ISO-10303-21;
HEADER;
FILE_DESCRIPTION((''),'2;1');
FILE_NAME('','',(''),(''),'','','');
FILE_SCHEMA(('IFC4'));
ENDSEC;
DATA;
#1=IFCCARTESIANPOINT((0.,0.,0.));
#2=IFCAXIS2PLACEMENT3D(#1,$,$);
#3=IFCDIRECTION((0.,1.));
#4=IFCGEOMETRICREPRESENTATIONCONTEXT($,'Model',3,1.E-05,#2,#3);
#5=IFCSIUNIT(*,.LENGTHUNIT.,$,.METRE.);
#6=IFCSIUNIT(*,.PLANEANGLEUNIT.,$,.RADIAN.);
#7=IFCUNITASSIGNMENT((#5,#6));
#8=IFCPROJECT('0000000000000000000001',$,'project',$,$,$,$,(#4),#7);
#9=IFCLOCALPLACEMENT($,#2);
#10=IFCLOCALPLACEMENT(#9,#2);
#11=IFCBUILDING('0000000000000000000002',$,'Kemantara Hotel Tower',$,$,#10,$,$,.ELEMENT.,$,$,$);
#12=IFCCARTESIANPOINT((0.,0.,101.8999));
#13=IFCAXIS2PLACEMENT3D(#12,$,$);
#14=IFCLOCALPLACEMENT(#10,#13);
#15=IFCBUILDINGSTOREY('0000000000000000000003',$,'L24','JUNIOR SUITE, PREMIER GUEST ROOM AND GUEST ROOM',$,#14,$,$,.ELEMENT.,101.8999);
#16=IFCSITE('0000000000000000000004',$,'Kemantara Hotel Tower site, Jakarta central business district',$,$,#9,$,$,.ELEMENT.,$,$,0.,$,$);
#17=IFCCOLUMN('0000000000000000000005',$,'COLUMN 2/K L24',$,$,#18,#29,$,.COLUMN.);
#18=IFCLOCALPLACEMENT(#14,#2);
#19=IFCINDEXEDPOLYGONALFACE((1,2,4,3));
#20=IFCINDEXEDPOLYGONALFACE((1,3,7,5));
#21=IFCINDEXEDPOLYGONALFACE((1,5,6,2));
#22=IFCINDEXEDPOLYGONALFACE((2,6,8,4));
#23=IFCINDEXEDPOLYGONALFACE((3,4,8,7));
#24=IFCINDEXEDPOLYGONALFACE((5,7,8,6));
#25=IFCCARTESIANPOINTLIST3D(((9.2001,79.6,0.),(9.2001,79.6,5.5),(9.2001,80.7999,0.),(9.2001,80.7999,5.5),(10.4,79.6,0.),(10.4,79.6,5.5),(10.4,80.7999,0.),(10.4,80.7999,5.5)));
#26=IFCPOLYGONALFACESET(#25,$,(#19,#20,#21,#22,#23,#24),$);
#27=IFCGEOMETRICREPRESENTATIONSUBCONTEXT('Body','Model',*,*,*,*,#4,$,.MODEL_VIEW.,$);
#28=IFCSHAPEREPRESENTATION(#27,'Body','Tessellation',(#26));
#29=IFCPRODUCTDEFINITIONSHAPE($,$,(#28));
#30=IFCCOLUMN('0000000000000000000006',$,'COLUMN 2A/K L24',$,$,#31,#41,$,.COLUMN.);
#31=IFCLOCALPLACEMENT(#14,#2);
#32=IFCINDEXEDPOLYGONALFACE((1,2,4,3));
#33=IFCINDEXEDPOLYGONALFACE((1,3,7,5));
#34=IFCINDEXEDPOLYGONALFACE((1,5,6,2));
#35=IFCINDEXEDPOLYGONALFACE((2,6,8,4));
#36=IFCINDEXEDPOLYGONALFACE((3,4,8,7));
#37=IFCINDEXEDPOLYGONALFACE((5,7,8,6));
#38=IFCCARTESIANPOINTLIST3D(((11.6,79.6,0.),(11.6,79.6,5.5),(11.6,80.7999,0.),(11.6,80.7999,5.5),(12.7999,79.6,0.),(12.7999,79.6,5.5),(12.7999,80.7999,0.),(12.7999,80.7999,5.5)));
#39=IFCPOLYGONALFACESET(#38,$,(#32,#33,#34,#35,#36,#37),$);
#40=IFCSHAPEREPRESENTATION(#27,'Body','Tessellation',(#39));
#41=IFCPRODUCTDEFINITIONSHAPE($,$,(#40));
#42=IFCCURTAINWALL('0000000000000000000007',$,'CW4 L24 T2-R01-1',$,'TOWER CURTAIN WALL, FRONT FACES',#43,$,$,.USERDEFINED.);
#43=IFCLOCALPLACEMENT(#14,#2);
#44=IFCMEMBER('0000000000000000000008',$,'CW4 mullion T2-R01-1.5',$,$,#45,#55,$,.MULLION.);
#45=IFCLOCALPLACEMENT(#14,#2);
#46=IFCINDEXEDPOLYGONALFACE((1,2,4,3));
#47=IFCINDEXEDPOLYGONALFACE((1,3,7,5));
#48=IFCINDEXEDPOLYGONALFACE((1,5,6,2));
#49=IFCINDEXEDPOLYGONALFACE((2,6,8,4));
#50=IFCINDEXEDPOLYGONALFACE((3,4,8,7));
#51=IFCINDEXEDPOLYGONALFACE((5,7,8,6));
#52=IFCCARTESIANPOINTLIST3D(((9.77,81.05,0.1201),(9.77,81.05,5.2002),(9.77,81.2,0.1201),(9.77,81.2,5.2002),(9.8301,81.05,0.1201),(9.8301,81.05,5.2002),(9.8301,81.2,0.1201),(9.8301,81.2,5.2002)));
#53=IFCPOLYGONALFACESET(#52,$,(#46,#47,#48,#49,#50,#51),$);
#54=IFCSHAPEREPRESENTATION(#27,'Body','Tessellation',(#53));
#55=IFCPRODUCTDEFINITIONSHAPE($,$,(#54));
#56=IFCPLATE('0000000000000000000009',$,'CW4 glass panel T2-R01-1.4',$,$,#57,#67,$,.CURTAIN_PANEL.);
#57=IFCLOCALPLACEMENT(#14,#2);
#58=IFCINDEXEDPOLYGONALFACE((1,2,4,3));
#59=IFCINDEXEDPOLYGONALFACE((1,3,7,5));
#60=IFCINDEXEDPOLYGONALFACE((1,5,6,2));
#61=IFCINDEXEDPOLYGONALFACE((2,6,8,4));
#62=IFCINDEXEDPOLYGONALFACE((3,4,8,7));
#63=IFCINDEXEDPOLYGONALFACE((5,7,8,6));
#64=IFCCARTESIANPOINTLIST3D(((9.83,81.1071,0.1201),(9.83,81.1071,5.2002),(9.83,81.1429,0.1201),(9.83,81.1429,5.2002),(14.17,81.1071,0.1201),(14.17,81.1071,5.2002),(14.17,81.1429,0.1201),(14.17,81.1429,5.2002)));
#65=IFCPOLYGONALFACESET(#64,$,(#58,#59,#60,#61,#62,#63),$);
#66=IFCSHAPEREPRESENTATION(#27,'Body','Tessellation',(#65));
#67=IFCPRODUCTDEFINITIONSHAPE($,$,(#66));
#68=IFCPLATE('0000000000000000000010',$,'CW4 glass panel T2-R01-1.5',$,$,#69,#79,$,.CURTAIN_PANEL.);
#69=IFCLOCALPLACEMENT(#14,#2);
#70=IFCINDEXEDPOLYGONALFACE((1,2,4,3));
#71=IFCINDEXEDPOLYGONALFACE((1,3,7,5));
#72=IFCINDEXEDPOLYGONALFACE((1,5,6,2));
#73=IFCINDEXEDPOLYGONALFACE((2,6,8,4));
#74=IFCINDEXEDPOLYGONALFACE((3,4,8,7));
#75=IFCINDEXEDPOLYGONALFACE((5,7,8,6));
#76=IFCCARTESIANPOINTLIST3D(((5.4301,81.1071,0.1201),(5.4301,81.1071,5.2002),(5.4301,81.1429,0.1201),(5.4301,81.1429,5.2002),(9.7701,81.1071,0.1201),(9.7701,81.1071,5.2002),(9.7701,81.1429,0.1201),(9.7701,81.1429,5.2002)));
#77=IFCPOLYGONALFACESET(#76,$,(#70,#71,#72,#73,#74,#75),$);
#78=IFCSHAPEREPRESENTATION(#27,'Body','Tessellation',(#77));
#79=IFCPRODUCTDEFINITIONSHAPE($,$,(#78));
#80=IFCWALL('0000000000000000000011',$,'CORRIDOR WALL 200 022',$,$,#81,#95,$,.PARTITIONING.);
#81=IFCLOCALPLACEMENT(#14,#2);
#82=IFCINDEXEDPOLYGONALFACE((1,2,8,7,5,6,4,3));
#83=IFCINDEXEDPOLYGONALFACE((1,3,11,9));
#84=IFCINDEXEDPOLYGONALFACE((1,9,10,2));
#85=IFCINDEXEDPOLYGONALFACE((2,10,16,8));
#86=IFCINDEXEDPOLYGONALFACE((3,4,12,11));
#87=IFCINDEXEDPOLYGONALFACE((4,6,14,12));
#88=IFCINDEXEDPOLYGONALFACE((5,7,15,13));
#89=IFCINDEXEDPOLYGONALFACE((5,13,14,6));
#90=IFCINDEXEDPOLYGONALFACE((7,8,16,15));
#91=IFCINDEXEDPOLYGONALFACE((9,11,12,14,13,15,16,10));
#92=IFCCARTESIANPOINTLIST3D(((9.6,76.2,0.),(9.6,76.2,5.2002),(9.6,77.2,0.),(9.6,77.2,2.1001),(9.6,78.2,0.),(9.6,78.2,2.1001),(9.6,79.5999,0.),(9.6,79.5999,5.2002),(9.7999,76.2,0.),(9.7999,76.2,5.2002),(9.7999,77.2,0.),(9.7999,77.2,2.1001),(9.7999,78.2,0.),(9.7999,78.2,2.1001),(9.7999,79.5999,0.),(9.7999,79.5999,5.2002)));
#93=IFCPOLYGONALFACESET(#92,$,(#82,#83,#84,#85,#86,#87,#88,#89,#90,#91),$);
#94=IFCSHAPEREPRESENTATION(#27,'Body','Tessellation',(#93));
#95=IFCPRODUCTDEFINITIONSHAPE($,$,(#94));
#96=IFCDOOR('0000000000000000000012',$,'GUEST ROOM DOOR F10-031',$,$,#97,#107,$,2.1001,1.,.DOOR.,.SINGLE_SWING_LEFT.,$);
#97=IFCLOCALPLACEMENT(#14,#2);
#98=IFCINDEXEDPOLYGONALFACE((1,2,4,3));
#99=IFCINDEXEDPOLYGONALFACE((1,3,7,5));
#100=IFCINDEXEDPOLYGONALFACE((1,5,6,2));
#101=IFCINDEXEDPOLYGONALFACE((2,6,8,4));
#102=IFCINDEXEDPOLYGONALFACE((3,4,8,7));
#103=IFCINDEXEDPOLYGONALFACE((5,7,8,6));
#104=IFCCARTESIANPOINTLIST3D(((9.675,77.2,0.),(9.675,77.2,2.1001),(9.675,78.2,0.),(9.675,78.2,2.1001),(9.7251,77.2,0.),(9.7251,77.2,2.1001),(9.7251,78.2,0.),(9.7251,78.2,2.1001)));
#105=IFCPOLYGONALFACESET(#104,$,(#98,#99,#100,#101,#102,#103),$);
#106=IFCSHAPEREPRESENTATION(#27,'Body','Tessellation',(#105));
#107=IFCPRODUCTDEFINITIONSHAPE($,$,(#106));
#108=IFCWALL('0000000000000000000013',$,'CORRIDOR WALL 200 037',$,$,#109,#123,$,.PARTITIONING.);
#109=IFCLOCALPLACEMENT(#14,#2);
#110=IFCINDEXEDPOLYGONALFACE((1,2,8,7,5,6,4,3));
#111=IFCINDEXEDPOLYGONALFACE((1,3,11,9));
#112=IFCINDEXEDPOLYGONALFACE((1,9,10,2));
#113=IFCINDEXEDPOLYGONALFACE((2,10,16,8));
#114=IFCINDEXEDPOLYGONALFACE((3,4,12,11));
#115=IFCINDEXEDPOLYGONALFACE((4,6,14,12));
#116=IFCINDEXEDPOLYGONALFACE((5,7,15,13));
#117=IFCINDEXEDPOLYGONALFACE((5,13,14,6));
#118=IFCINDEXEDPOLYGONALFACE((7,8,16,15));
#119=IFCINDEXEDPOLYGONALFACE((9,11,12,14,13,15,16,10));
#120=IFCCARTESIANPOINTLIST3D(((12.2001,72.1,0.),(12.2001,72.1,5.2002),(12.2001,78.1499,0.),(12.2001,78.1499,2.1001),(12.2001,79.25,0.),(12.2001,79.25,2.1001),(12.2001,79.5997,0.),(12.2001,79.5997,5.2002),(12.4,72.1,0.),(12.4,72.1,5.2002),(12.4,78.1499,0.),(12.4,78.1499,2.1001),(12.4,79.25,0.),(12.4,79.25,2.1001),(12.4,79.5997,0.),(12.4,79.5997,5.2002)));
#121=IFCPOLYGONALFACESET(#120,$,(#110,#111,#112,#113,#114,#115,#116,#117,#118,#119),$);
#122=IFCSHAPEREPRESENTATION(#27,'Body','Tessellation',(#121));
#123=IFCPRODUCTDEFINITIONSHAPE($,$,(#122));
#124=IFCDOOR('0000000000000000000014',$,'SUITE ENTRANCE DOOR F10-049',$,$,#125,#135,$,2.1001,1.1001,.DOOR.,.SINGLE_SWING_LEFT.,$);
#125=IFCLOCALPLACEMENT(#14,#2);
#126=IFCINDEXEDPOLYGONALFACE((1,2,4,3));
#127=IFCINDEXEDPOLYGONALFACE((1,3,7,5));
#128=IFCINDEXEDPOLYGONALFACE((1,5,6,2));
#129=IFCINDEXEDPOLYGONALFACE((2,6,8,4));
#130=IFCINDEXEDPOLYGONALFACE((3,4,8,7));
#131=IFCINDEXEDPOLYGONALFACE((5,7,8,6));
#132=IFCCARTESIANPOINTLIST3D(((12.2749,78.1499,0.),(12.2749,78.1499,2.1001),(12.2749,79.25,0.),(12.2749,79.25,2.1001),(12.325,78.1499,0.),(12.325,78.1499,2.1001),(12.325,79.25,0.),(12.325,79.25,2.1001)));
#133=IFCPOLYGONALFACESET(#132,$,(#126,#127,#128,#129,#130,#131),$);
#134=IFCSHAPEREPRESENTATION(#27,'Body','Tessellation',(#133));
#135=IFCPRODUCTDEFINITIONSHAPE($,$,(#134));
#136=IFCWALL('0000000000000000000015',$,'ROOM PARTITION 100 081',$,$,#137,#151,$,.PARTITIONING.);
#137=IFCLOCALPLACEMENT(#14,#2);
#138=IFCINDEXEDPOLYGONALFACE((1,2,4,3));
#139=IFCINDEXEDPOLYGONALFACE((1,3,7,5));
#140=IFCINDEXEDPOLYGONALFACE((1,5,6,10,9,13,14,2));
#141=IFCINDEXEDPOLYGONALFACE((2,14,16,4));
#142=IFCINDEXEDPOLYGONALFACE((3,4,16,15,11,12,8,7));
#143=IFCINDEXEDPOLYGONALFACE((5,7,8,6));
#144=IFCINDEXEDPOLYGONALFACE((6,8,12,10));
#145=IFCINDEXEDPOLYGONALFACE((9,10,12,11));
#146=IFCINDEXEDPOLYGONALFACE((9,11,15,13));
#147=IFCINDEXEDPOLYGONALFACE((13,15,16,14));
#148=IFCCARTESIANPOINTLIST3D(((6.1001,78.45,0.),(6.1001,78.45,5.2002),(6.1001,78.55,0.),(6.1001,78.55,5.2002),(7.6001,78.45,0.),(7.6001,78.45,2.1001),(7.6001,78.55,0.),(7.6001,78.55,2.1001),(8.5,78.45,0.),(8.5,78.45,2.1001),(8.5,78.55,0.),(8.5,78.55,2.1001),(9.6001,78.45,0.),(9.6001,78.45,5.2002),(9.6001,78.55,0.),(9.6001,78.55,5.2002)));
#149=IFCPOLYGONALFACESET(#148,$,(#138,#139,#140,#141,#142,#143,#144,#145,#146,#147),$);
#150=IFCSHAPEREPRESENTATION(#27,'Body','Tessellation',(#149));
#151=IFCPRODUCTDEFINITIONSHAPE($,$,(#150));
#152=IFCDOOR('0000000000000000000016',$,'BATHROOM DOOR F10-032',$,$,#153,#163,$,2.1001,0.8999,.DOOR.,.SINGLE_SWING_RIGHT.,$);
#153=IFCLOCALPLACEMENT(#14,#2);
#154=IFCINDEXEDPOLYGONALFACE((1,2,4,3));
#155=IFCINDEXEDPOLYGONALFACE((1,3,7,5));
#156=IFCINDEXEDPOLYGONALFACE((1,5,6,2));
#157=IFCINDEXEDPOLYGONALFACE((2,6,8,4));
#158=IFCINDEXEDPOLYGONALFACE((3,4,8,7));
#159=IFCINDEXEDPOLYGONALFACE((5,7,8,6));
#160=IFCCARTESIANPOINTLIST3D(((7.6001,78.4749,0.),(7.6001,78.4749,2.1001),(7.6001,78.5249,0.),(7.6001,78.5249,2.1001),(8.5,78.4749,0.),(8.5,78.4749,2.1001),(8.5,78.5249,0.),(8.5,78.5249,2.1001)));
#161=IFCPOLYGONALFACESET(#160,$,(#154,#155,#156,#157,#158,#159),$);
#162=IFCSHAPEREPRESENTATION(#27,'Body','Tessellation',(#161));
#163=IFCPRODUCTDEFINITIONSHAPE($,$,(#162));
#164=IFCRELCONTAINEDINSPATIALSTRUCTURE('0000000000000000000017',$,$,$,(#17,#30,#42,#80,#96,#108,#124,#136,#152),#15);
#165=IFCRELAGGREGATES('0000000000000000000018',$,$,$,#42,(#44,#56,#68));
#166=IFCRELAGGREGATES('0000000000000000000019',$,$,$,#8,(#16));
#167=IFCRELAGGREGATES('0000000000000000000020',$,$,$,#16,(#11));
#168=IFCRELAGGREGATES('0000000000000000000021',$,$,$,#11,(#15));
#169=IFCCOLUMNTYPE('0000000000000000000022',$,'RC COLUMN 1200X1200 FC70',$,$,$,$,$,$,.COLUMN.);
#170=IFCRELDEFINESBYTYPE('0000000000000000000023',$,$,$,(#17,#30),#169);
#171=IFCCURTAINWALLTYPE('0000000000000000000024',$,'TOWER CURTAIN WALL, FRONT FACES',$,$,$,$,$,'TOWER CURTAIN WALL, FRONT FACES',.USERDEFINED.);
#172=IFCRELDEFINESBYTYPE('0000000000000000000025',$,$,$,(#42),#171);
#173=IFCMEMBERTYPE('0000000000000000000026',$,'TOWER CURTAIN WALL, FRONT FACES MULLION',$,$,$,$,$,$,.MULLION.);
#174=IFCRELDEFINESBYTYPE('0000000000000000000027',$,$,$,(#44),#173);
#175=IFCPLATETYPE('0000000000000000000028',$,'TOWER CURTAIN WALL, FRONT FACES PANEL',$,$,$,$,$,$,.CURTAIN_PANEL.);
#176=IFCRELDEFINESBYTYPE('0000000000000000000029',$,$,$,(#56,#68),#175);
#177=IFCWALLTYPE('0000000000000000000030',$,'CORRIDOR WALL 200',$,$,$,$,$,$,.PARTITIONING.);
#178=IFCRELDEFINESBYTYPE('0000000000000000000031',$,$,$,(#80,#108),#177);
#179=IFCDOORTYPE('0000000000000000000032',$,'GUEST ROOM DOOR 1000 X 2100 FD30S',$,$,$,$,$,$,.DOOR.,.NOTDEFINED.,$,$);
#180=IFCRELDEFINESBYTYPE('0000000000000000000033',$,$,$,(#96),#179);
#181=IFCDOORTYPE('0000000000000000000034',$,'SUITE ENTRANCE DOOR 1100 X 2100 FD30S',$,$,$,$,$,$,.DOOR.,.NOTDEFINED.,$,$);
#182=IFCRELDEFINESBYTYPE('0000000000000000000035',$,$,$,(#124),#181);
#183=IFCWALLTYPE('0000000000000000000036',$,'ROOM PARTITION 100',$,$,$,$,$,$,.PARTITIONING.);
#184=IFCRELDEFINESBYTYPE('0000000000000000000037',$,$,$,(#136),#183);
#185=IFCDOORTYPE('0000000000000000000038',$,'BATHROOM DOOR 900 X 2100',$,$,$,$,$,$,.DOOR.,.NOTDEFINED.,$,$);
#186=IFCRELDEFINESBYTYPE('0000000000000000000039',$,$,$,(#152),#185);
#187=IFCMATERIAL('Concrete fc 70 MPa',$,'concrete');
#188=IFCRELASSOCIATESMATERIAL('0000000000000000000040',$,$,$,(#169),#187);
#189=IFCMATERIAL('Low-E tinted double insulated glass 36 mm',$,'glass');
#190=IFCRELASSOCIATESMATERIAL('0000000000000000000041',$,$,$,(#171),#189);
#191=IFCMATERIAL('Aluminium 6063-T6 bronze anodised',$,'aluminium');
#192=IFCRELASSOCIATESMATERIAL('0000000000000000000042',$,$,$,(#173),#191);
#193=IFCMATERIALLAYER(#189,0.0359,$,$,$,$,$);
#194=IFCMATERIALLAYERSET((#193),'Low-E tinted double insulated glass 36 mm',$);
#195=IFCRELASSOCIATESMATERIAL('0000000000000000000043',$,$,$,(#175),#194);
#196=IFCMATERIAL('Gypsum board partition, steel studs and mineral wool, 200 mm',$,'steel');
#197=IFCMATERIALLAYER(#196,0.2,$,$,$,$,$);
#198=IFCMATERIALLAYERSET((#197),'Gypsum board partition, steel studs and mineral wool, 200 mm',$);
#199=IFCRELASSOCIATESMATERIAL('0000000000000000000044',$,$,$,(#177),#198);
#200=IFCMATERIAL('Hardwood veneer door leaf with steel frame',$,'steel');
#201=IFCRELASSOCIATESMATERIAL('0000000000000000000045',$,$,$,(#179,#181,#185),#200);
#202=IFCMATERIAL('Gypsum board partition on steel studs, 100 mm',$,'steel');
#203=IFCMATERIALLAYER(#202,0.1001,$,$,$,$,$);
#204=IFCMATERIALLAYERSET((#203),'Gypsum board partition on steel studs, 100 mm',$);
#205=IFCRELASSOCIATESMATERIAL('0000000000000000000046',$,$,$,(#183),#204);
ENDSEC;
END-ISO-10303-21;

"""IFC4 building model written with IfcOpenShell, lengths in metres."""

from ifc_helpers import new_model, si_unit, direction, frame, frame_2d, origin, origin_2d, place, context, subcontext, project, spatial, rectangle, extrude, source, transform, mapped, material, layer, layer_set, material_profile, profile_set, type_object, element, fill, aggregate, save


model = new_model("IFC4")

# Units and contexts
model_context = context("Model", 3, precision=1e-05, world=origin(), true_north=direction((0.0, 1.0)))
body_context = subcontext(model_context, "Body", "Model", "MODEL_VIEW")
ifc_project = project(units=[si_unit("LENGTHUNIT", "METRE"), si_unit("PLANEANGLEUNIT", "RADIAN")], contexts=[model_context])

# Site, building, storey
site_placement = place(None, origin())
site = spatial("IfcSite", under=ifc_project, at=site_placement, Name="Kemantara Hotel Tower site, Jakarta central business district", CompositionType="ELEMENT", RefElevation=0.0)
building_placement = place(site_placement, origin())
building = spatial("IfcBuilding", under=site, at=building_placement, Name="Kemantara Hotel Tower", CompositionType="ELEMENT")
storey_placement = place(building_placement, frame((0.0, 0.0, 101.8999)))
storey = spatial("IfcBuildingStorey", under=building, at=storey_placement, Name="L24", Description="JUNIOR SUITE, PREMIER GUEST ROOM AND GUEST ROOM", CompositionType="ELEMENT", Elevation=101.8999)

# Columns
ifc_material_1 = material(Name="Concrete fc 70 MPa", Category="concrete")
ifc_material_profile_1 = material_profile(ifc_material_1, rectangle(XDim=1.2, YDim=1.2, at=origin_2d()), Name="RC 1200X1200")
ifc_profile_set_1 = profile_set([ifc_material_profile_1], Name="Concrete fc 70 MPa")
column_type = type_object("IfcColumnType", Name="RC COLUMN 1200X1200 FC70", PredefinedType="COLUMN", material=ifc_profile_set_1)
for number, where, z_axis, x_axis, name in (
    (1, (9.8, 80.2, 0.0), (0.0, 0.0, 1.0), (1.0, 0.0, 0.0), "COLUMN 2/K L24"),
    (2, (12.2, 80.2, 0.0), (0.0, 0.0, 1.0), (1.0, 0.0, 0.0), "COLUMN 2A/K L24"),
):
    element("IfcColumn", number, at=place(storey_placement, frame(where, z_axis=z_axis, x_axis=x_axis)), inside=storey, type_object=column_type, Name=name, PredefinedType="COLUMN", context=body_context, shape_type="SweptSolid", body=[
        extrude(rectangle(XDim=1.2, YDim=1.2, at=origin_2d()), origin(), (0.0, 0.0, 1.0), 5.5),
    ])

# Curtain wall, member, plates
ifc_material_2 = material(Name="Low-E tinted double insulated glass 36 mm", Category="glass")
curtain_wall_type = type_object("IfcCurtainWallType", Name="TOWER CURTAIN WALL, FRONT FACES", ElementType="TOWER CURTAIN WALL, FRONT FACES", PredefinedType="USERDEFINED", material=ifc_material_2)
curtain_wall_placement = place(storey_placement, origin())
curtain_wall = element("IfcCurtainWall", 3, at=curtain_wall_placement, inside=storey, type_object=curtain_wall_type, Name="CW4 L24 T2-R01-1", ObjectType="TOWER CURTAIN WALL, FRONT FACES", PredefinedType="USERDEFINED")
ifc_material_3 = material(Name="Aluminium 6063-T6 bronze anodised", Category="aluminium")
ifc_material_profile_2 = material_profile(ifc_material_3, rectangle(XDim=0.1499, YDim=0.0601, at=origin_2d()), Name="TOWER CURTAIN WALL, FRONT FACES MULLION")
ifc_profile_set_2 = profile_set([ifc_material_profile_2], Name="Aluminium 6063-T6 bronze anodised")
member_type = type_object("IfcMemberType", Name="TOWER CURTAIN WALL, FRONT FACES MULLION", PredefinedType="MULLION", material=ifc_profile_set_2)
shared_shape_1 = source(origin(), body_context, "Body", "SweptSolid", [
    extrude(rectangle(XDim=0.1499, YDim=0.0601, at=origin_2d()), origin(), (0.0, 0.0, 1.0), 5.0801),
])
member_placement = place(storey_placement, frame((9.8, 81.125, 0.1201), z_axis=(0.0, 0.0, 1.0), x_axis=(0.0, -1.0, 0.0)))
member = element("IfcMember", 4, at=member_placement, type_object=member_type, Name="CW4 mullion T2-R01-1.5", PredefinedType="MULLION", context=body_context, shape_type="MappedRepresentation", body=[
    mapped(shared_shape_1, transform((0.0, 0.0, 0.0))),
])
ifc_layer_1 = layer(ifc_material_2, 0.0359)
ifc_layer_set_1 = layer_set([ifc_layer_1], Name="Low-E tinted double insulated glass 36 mm")
plate_type = type_object("IfcPlateType", Name="TOWER CURTAIN WALL, FRONT FACES PANEL", PredefinedType="CURTAIN_PANEL", material=ifc_layer_set_1)
shared_shape_2 = source(origin(), body_context, "Body", "SweptSolid", [
    extrude(rectangle(XDim=4.3401, YDim=0.0359, at=origin_2d()), origin(), (0.0, 0.0, 1.0), 5.0801),
])
plate_1_placement = place(storey_placement, frame((12.0, 81.125, 0.1201), z_axis=(0.0, 0.0, 1.0), x_axis=(-1.0, 0.0, 0.0)))
plate_1 = element("IfcPlate", 5, at=plate_1_placement, type_object=plate_type, Name="CW4 glass panel T2-R01-1.4", PredefinedType="CURTAIN_PANEL", context=body_context, shape_type="MappedRepresentation", body=[
    mapped(shared_shape_2, transform((0.0, 0.0, 0.0))),
])
plate_2_placement = place(storey_placement, frame((7.6001, 81.125, 0.1201), z_axis=(0.0, 0.0, 1.0), x_axis=(-1.0, 0.0, 0.0)))
plate_2 = element("IfcPlate", 6, at=plate_2_placement, type_object=plate_type, Name="CW4 glass panel T2-R01-1.5", PredefinedType="CURTAIN_PANEL", context=body_context, shape_type="MappedRepresentation", body=[
    mapped(shared_shape_2, transform((0.0, 0.0, 0.0))),
])
aggregate(curtain_wall, [member, plate_1, plate_2])

# Walls, openings, doors
ifc_material_4 = material(Name="Gypsum board partition, steel studs and mineral wool, 200 mm", Category="steel")
ifc_layer_2 = layer(ifc_material_4, 0.2)
ifc_layer_set_2 = layer_set([ifc_layer_2], Name="Gypsum board partition, steel studs and mineral wool, 200 mm")
wall_type_1 = type_object("IfcWallType", Name="CORRIDOR WALL 200", PredefinedType="PARTITIONING", material=ifc_layer_set_2)
wall_1_placement = place(storey_placement, frame((9.7, 76.2, 0.0), z_axis=(0.0, 0.0, 1.0), x_axis=(0.0, 1.0, 0.0)))
wall_1 = element("IfcWall", 7, at=wall_1_placement, inside=storey, type_object=wall_type_1, Name="CORRIDOR WALL 200 022", PredefinedType="PARTITIONING", context=body_context, shape_type="SweptSolid", body=[
    extrude(rectangle(XDim=3.3999, YDim=0.2, at=frame_2d((1.7, 0.0))), origin(), (0.0, 0.0, 1.0), 5.2002),
])
opening_1_placement = place(wall_1_placement, frame((1.0, 0.0, 0.0)))
opening_1 = element("IfcOpeningElement", 8, at=opening_1_placement, cuts=wall_1, PredefinedType="OPENING", context=body_context, shape_type="SweptSolid", body=[
    extrude(rectangle(XDim=1.0, YDim=2.1001, at=frame_2d((0.5, 1.05))), frame((0.0, 0.1099, 0.0), z_axis=(0.0, -1.0, 0.0), x_axis=(1.0, 0.0, 0.0)), (0.0, 0.0, 1.0), 0.22),
])
ifc_material_5 = material(Name="Hardwood veneer door leaf with steel frame", Category="steel")
door_type_1 = type_object("IfcDoorType", Name="GUEST ROOM DOOR 1000 X 2100 FD30S", OperationType="NOTDEFINED", PredefinedType="DOOR", material=ifc_material_5)
door_1_placement = place(opening_1_placement, origin())
door_1 = element("IfcDoor", 9, at=door_1_placement, inside=storey, type_object=door_type_1, Name="GUEST ROOM DOOR F10-031", OperationType="SINGLE_SWING_LEFT", OverallHeight=2.1001, OverallWidth=1.0, PredefinedType="DOOR", context=body_context, shape_type="SweptSolid", body=[
    extrude(rectangle(XDim=1.0, YDim=2.1001, at=frame_2d((0.5, 1.05))), frame((0.0, 0.0249, 0.0), z_axis=(0.0, -1.0, 0.0), x_axis=(1.0, 0.0, 0.0)), (0.0, 0.0, 1.0), 0.05),
])
fill(opening_1, door_1)
wall_2_placement = place(storey_placement, frame((12.3, 79.5999, 0.0), z_axis=(0.0, 0.0, 1.0), x_axis=(0.0, -1.0, 0.0)))
wall_2 = element("IfcWall", 10, at=wall_2_placement, inside=storey, type_object=wall_type_1, Name="CORRIDOR WALL 200 037", PredefinedType="PARTITIONING", context=body_context, shape_type="SweptSolid", body=[
    extrude(rectangle(XDim=7.4998, YDim=0.2, at=frame_2d((3.75, 0.0))), origin(), (0.0, 0.0, 1.0), 5.2002),
])
opening_2_placement = place(wall_2_placement, frame((0.3499, 0.0, 0.0)))
opening_2 = element("IfcOpeningElement", 11, at=opening_2_placement, cuts=wall_2, PredefinedType="OPENING", context=body_context, shape_type="SweptSolid", body=[
    extrude(rectangle(XDim=1.1001, YDim=2.1001, at=frame_2d((0.55, 1.05))), frame((0.0, 0.1099, 0.0), z_axis=(0.0, -1.0, 0.0), x_axis=(1.0, 0.0, 0.0)), (0.0, 0.0, 1.0), 0.22),
])
door_type_2 = type_object("IfcDoorType", Name="SUITE ENTRANCE DOOR 1100 X 2100 FD30S", OperationType="NOTDEFINED", PredefinedType="DOOR", material=ifc_material_5)
door_2_placement = place(opening_2_placement, origin())
door_2 = element("IfcDoor", 12, at=door_2_placement, inside=storey, type_object=door_type_2, Name="SUITE ENTRANCE DOOR F10-049", OperationType="SINGLE_SWING_LEFT", OverallHeight=2.1001, OverallWidth=1.1001, PredefinedType="DOOR", context=body_context, shape_type="SweptSolid", body=[
    extrude(rectangle(XDim=1.1001, YDim=2.1001, at=frame_2d((0.55, 1.05))), frame((0.0, 0.0249, 0.0), z_axis=(0.0, -1.0, 0.0), x_axis=(1.0, 0.0, 0.0)), (0.0, 0.0, 1.0), 0.05),
])
fill(opening_2, door_2)
ifc_material_6 = material(Name="Gypsum board partition on steel studs, 100 mm", Category="steel")
ifc_layer_3 = layer(ifc_material_6, 0.1001)
ifc_layer_set_3 = layer_set([ifc_layer_3], Name="Gypsum board partition on steel studs, 100 mm")
wall_type_2 = type_object("IfcWallType", Name="ROOM PARTITION 100", PredefinedType="PARTITIONING", material=ifc_layer_set_3)
wall_3_placement = place(storey_placement, frame((6.1001, 78.5, 0.0), z_axis=(0.0, 0.0, 1.0), x_axis=(1.0, 0.0, 0.0)))
wall_3 = element("IfcWall", 13, at=wall_3_placement, inside=storey, type_object=wall_type_2, Name="ROOM PARTITION 100 081", PredefinedType="PARTITIONING", context=body_context, shape_type="SweptSolid", body=[
    extrude(rectangle(XDim=3.5, YDim=0.1001, at=frame_2d((1.75, 0.0))), origin(), (0.0, 0.0, 1.0), 5.2002),
])
opening_3_placement = place(wall_3_placement, frame((1.5, 0.0, 0.0)))
opening_3 = element("IfcOpeningElement", 14, at=opening_3_placement, cuts=wall_3, PredefinedType="OPENING", context=body_context, shape_type="SweptSolid", body=[
    extrude(rectangle(XDim=0.8999, YDim=2.1001, at=frame_2d((0.45, 1.05))), frame((0.0, 0.0601, 0.0), z_axis=(0.0, -1.0, 0.0), x_axis=(1.0, 0.0, 0.0)), (0.0, 0.0, 1.0), 0.1201),
])
door_type_3 = type_object("IfcDoorType", Name="BATHROOM DOOR 900 X 2100", OperationType="NOTDEFINED", PredefinedType="DOOR", material=ifc_material_5)
door_3_placement = place(opening_3_placement, origin())
door_3 = element("IfcDoor", 15, at=door_3_placement, inside=storey, type_object=door_type_3, Name="BATHROOM DOOR F10-032", OperationType="SINGLE_SWING_RIGHT", OverallHeight=2.1001, OverallWidth=0.8999, PredefinedType="DOOR", context=body_context, shape_type="SweptSolid", body=[
    extrude(rectangle(XDim=0.8999, YDim=2.1001, at=frame_2d((0.45, 1.05))), frame((0.0, 0.0249, 0.0), z_axis=(0.0, -1.0, 0.0), x_axis=(1.0, 0.0, 0.0)), (0.0, 0.0, 1.0), 0.05),
])
fill(opening_3, door_3)

save(model, "model.ifc")
